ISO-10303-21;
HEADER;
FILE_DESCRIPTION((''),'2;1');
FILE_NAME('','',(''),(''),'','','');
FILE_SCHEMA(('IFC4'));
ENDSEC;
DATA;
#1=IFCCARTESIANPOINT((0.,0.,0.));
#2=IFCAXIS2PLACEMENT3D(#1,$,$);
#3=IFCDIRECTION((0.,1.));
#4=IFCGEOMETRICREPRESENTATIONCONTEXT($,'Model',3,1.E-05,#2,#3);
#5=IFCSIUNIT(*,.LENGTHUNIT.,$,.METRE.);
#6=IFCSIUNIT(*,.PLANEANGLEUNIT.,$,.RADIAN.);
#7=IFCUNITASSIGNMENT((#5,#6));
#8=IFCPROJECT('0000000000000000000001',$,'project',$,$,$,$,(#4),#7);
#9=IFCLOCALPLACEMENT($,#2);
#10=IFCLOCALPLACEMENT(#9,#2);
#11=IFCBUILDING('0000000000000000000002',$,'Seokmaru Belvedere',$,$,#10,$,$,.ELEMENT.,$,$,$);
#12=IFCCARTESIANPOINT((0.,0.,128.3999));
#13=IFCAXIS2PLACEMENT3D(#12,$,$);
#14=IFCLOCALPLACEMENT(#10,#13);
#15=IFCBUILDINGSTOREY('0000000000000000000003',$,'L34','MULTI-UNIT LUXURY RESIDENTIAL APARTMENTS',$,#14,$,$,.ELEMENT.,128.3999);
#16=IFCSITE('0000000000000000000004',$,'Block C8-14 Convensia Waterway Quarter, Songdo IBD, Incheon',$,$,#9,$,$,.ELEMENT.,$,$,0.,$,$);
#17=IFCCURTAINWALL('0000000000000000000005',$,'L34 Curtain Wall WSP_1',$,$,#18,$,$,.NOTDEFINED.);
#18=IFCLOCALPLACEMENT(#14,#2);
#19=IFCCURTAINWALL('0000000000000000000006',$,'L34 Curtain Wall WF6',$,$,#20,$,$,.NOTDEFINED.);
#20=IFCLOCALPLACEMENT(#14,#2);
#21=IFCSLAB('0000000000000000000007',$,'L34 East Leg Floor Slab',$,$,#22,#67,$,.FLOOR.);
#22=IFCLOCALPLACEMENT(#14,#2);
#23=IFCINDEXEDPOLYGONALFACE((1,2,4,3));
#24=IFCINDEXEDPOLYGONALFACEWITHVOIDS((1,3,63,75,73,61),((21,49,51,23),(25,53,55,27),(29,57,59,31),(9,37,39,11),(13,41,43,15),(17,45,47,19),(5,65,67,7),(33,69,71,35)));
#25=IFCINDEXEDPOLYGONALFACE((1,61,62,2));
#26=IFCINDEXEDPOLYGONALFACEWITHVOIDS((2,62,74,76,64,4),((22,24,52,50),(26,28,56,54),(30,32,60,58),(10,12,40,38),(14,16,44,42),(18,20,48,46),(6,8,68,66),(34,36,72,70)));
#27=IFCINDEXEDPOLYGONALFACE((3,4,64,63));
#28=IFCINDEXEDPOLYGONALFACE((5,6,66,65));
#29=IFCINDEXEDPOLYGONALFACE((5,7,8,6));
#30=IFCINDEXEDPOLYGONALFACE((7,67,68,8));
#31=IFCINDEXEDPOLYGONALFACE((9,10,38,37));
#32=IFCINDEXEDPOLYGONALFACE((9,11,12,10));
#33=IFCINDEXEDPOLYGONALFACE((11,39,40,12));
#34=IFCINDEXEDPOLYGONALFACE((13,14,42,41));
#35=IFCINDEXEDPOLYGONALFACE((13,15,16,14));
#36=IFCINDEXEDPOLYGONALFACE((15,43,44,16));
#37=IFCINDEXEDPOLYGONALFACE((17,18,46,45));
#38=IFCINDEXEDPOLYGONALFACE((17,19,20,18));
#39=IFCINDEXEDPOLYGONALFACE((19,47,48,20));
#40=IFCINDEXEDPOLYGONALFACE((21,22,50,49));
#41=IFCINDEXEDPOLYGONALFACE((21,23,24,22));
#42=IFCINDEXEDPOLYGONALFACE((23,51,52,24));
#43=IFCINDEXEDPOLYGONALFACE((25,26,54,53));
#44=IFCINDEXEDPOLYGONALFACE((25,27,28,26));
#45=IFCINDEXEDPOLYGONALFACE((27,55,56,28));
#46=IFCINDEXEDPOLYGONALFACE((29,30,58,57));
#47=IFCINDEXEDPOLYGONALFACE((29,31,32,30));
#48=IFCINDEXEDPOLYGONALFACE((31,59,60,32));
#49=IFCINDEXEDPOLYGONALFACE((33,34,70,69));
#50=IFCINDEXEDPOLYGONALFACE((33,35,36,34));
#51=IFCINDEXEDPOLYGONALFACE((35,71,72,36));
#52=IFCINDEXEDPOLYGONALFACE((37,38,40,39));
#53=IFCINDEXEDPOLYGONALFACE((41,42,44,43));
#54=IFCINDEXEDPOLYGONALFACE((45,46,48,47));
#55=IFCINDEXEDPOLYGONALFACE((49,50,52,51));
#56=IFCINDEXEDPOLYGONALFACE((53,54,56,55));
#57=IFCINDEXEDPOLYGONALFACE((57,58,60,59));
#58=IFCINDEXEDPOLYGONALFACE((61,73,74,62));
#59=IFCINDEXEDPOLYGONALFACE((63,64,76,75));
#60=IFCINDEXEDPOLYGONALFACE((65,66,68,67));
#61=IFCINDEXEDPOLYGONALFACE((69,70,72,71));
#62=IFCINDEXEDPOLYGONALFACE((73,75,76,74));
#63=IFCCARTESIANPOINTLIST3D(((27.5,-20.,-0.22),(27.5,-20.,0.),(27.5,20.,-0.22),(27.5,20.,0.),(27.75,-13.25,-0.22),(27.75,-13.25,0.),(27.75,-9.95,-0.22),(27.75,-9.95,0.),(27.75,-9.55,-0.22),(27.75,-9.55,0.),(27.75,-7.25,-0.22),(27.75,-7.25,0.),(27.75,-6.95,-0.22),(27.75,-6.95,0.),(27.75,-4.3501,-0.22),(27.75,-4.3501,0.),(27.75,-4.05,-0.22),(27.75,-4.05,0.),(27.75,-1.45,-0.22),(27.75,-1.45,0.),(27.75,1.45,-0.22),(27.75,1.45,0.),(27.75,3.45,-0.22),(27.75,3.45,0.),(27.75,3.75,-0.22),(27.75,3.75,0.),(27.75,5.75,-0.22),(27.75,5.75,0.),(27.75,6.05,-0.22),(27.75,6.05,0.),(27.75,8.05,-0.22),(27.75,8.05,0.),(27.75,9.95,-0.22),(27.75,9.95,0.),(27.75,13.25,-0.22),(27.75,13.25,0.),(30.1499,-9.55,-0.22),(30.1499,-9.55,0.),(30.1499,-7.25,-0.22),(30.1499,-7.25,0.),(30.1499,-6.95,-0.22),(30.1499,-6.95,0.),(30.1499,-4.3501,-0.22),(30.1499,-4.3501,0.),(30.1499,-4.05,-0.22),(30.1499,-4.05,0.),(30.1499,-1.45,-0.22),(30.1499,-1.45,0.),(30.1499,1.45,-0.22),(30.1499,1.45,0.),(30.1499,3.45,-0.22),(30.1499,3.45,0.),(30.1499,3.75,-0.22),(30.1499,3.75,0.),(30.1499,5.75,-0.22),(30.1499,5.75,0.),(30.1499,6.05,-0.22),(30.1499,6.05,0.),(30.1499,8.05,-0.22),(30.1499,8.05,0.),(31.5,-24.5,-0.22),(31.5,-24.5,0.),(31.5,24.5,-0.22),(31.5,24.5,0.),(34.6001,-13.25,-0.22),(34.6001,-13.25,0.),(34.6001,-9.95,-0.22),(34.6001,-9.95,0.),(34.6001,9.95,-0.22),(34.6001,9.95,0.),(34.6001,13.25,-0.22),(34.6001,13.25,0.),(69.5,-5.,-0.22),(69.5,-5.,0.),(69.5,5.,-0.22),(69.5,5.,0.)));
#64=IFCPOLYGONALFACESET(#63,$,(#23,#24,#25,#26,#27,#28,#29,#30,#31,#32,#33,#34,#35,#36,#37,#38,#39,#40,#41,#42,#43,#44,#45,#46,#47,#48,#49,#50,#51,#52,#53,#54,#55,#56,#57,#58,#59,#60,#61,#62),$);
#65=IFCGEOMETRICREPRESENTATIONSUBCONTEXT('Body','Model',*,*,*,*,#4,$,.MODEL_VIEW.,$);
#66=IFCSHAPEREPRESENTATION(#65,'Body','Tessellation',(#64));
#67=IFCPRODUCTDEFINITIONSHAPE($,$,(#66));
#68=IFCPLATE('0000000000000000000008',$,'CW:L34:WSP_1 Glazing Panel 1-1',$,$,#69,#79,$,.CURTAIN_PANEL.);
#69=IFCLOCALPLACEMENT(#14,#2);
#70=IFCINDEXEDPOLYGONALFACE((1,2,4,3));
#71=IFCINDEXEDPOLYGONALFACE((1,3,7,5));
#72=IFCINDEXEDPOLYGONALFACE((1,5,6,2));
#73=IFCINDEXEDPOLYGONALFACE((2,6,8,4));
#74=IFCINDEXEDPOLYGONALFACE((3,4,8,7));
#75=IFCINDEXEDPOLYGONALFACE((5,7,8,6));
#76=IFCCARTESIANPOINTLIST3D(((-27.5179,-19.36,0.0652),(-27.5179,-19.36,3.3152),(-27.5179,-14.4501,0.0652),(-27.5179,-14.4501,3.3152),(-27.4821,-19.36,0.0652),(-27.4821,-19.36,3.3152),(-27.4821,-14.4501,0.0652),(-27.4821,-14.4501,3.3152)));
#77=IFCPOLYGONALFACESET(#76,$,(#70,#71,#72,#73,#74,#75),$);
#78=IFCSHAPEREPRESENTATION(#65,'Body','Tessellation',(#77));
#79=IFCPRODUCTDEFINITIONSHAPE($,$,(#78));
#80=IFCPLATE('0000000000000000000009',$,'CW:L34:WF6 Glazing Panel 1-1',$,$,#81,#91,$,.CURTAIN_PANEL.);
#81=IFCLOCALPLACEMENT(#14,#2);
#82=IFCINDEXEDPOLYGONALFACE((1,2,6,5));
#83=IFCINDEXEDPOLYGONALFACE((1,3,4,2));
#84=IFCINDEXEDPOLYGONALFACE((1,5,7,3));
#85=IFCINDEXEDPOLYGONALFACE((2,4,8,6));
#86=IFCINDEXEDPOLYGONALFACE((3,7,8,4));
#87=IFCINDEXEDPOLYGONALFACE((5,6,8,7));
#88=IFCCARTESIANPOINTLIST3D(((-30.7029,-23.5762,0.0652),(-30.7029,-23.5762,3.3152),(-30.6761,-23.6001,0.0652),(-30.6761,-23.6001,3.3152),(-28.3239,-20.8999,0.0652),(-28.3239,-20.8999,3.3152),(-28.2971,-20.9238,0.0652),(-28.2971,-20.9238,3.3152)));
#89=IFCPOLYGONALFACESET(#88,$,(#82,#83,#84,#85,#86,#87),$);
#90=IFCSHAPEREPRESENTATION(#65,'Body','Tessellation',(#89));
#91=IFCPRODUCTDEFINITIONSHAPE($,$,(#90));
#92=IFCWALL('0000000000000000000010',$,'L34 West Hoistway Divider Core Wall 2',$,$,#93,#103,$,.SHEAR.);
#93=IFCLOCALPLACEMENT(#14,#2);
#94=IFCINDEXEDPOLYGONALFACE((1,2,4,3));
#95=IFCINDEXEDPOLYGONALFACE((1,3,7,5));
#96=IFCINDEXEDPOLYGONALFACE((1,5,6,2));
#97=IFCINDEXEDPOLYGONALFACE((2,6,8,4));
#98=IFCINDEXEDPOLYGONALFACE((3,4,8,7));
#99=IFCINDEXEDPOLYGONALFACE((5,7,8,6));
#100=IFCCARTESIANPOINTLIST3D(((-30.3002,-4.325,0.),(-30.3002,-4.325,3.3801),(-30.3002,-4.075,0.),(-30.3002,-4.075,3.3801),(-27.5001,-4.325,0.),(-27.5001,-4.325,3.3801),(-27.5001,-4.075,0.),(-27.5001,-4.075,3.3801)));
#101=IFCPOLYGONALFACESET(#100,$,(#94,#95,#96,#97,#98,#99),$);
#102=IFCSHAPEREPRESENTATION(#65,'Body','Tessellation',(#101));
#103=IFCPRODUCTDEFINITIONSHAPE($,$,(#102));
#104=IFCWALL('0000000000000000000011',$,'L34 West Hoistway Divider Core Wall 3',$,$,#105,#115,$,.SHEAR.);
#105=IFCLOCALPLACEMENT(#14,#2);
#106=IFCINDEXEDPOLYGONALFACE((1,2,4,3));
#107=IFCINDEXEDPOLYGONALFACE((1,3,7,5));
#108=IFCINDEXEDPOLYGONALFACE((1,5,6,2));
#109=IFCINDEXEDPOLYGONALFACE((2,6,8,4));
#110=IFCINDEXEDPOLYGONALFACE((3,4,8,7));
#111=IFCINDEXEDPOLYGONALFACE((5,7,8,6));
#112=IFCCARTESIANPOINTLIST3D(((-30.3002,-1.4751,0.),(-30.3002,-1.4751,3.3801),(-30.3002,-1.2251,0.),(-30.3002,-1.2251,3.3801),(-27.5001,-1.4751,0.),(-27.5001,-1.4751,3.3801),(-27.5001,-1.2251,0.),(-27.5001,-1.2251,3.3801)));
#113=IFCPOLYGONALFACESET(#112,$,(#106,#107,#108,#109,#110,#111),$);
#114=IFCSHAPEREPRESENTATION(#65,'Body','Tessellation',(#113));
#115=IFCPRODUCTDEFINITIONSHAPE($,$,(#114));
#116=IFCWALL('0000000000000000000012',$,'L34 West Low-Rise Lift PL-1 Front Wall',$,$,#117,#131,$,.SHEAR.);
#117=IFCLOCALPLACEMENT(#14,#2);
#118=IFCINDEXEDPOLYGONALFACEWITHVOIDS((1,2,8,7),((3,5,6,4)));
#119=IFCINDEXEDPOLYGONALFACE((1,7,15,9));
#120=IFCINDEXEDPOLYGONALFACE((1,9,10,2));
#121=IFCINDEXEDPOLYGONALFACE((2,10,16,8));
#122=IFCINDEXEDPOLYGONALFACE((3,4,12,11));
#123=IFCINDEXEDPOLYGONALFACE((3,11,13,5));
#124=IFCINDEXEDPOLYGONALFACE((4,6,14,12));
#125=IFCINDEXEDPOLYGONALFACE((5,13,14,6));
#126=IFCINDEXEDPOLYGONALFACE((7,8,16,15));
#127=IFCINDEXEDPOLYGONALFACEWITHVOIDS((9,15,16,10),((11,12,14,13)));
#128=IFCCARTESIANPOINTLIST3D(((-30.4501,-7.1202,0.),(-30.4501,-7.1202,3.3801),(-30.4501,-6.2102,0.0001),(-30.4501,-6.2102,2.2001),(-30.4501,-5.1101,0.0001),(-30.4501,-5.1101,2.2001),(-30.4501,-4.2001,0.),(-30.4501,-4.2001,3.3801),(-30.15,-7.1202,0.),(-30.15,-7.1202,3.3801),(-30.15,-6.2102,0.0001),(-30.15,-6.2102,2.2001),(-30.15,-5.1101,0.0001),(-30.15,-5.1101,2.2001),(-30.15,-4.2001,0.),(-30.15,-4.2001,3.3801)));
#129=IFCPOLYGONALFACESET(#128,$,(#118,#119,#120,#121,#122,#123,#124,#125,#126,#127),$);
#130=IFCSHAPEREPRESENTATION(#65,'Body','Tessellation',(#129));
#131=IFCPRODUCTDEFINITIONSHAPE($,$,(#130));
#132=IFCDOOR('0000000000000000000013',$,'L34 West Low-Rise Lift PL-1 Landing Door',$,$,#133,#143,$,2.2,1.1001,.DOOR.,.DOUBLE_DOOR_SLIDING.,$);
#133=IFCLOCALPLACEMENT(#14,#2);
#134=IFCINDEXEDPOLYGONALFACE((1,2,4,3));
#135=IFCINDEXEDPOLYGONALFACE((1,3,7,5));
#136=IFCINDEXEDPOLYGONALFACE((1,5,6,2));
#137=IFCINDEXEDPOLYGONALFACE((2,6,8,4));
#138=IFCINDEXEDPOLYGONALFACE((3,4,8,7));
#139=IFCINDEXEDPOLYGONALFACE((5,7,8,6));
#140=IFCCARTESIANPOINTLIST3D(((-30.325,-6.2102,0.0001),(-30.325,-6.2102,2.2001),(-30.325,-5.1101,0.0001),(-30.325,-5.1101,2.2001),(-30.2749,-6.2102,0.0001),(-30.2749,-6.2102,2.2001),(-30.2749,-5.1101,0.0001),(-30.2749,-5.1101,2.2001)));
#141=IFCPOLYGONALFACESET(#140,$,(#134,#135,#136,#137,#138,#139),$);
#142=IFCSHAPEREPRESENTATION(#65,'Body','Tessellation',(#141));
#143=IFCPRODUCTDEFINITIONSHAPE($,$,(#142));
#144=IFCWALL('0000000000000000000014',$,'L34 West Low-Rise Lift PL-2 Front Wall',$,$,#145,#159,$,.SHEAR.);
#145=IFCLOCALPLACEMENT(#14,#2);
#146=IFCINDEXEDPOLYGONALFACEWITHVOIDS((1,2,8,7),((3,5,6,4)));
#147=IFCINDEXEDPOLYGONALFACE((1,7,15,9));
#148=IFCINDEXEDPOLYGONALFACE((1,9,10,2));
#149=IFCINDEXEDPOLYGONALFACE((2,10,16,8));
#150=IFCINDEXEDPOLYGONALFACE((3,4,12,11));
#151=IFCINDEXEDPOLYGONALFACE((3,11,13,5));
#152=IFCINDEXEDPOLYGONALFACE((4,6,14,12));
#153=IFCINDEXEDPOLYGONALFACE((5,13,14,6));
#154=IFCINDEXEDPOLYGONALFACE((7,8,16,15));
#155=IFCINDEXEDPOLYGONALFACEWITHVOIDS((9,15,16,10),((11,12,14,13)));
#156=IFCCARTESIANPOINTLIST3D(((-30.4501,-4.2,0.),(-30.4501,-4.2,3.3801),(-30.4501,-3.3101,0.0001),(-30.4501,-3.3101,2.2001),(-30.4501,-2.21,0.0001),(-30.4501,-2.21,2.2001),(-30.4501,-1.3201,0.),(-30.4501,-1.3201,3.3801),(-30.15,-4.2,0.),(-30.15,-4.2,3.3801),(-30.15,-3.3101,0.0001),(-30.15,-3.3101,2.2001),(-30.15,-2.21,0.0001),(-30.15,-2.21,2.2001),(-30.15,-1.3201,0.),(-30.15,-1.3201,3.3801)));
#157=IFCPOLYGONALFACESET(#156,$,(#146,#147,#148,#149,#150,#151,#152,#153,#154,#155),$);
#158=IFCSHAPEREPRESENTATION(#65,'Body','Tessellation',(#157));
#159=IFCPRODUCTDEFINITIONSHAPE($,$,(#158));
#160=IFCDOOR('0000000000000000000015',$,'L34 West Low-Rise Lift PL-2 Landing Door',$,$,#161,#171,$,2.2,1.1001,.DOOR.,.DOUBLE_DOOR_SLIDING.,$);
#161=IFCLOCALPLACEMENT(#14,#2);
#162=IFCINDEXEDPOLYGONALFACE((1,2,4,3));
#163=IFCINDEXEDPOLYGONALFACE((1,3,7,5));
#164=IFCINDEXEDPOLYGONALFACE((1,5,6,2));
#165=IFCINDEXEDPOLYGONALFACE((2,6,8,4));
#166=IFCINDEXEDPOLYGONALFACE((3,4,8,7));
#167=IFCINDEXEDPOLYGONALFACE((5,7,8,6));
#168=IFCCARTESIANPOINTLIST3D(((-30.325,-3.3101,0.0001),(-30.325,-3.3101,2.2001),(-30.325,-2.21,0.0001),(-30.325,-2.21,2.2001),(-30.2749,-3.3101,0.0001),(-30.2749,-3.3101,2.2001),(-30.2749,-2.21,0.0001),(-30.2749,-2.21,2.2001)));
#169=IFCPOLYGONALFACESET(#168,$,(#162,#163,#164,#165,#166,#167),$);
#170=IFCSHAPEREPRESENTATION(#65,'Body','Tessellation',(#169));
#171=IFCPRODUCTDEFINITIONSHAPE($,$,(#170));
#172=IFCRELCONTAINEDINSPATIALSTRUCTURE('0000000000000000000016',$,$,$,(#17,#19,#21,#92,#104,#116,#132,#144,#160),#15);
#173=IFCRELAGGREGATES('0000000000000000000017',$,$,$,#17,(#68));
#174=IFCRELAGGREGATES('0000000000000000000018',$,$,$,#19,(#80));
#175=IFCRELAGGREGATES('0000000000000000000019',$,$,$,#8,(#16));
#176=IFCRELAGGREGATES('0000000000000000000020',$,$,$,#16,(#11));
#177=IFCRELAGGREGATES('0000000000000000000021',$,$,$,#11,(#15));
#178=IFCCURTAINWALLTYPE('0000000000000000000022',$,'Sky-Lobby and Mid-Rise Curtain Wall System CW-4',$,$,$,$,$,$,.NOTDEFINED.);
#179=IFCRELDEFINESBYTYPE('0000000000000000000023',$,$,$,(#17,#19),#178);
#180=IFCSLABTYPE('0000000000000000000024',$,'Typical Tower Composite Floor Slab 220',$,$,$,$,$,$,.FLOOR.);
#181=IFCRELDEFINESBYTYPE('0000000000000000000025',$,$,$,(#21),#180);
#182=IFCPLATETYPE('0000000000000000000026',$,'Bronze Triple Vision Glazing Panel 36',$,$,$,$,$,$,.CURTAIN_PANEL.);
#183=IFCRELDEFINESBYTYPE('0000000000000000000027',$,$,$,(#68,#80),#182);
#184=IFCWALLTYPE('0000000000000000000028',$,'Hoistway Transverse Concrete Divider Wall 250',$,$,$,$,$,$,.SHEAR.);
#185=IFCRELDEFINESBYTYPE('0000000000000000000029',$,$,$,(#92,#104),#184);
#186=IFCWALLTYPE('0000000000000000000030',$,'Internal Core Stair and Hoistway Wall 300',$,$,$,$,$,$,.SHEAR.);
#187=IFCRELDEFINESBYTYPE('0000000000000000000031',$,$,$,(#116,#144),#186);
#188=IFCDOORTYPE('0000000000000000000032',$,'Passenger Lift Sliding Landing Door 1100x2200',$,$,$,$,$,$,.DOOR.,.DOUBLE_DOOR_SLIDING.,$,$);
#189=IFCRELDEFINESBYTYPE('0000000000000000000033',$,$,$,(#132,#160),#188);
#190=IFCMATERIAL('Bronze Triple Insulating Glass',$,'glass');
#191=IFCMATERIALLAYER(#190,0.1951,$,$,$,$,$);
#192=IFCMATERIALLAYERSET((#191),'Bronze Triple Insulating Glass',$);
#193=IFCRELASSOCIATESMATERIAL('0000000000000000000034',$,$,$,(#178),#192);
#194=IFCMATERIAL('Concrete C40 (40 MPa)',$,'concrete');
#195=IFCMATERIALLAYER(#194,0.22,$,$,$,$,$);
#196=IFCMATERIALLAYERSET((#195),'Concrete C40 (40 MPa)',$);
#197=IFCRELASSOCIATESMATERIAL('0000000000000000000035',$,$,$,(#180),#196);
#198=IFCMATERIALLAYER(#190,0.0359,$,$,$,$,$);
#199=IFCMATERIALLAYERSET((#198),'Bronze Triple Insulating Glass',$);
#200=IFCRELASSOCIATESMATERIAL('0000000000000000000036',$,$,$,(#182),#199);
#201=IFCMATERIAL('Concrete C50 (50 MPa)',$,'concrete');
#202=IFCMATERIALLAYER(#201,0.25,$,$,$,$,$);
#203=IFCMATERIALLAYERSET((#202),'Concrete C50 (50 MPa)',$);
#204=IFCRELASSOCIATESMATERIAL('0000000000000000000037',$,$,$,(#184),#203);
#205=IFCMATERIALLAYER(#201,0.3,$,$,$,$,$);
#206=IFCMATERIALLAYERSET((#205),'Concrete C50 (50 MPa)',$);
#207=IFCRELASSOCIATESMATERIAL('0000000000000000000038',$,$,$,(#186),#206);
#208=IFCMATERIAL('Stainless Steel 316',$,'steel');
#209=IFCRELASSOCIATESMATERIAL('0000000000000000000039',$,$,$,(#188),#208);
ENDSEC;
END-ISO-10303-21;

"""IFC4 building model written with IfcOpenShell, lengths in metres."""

from ifc_helpers import new_model, si_unit, direction, frame, frame_2d, origin, origin_2d, place, context, subcontext, project, spatial, polyline, rectangle, outline, extrude, source, transform, mapped, material, layer, layer_set, type_object, type_shapes, element, fill, aggregate, save


model = new_model("IFC4")

# Units and contexts
model_context = context("Model", 3, precision=1e-05, world=origin(), true_north=direction((0.0, 1.0)))
body_context = subcontext(model_context, "Body", "Model", "MODEL_VIEW")
ifc_project = project(units=[si_unit("LENGTHUNIT", "METRE"), si_unit("PLANEANGLEUNIT", "RADIAN")], contexts=[model_context])

# Site, building, storey
site_placement = place(None, origin())
site = spatial("IfcSite", under=ifc_project, at=site_placement, Name="Block C8-14 Convensia Waterway Quarter, Songdo IBD, Incheon", CompositionType="ELEMENT", RefElevation=0.0)
building_placement = place(site_placement, origin())
building = spatial("IfcBuilding", under=site, at=building_placement, Name="Seokmaru Belvedere", CompositionType="ELEMENT")
storey_placement = place(building_placement, frame((0.0, 0.0, 128.3999)))
storey = spatial("IfcBuildingStorey", under=building, at=storey_placement, Name="L34", Description="MULTI-UNIT LUXURY RESIDENTIAL APARTMENTS", CompositionType="ELEMENT", Elevation=128.3999)

# Curtain wall
ifc_material_1 = material(Name="Bronze Triple Insulating Glass", Category="glass")
ifc_layer_1 = layer(ifc_material_1, 0.1951)
ifc_layer_set_1 = layer_set([ifc_layer_1], Name="Bronze Triple Insulating Glass")
curtain_wall_type = type_object("IfcCurtainWallType", Name="Sky-Lobby and Mid-Rise Curtain Wall System CW-4", PredefinedType="NOTDEFINED", material=ifc_layer_set_1)
curtain_wall_1_placement = place(storey_placement, origin())
curtain_wall_1 = element("IfcCurtainWall", 1, at=curtain_wall_1_placement, inside=storey, type_object=curtain_wall_type, Name="L34 Curtain Wall WSP_1", PredefinedType="NOTDEFINED")

# Curtain wall
curtain_wall_2_placement = place(storey_placement, origin())
curtain_wall_2 = element("IfcCurtainWall", 2, at=curtain_wall_2_placement, inside=storey, type_object=curtain_wall_type, Name="L34 Curtain Wall WF6", PredefinedType="NOTDEFINED")

# Shared definitions
ifc_material_2 = material(Name="Concrete C40 (40 MPa)", Category="concrete")

# Slab
ifc_layer_2 = layer(ifc_material_2, 0.22)
ifc_layer_set_2 = layer_set([ifc_layer_2], Name="Concrete C40 (40 MPa)")
slab_type_1 = type_object("IfcSlabType", Name="Typical Tower Composite Floor Slab 220", PredefinedType="FLOOR", material=ifc_layer_set_2)
slab_1_placement = place(storey_placement, frame((0.0, 0.0, -0.22)))
element("IfcSlab", 3, at=slab_1_placement, inside=storey, type_object=slab_type_1, Name="L34 East Leg Floor Slab", PredefinedType="FLOOR", context=body_context, shape_type="SweptSolid", body=[
    extrude(outline(polyline([(31.5, -24.5), (69.5, -5.0), (69.5, 5.0), (31.5, 24.5), (27.5, 20.0), (27.5, -20.0), (31.5, -24.5)]), holes=[polyline([(27.75, -13.25), (34.6001, -13.25), (34.6001, -9.95), (27.75, -9.95), (27.75, -13.25)]), polyline([(27.75, 9.95), (34.6001, 9.95), (34.6001, 13.25), (27.75, 13.25), (27.75, 9.95)]), polyline([(27.75, -9.55), (30.1499, -9.55), (30.1499, -7.25), (27.75, -7.25), (27.75, -9.55)]), polyline([(27.75, -6.95), (30.1499, -6.95), (30.1499, -4.3501), (27.75, -4.3501), (27.75, -6.95)]), polyline([(27.75, -4.05), (30.1499, -4.05), (30.1499, -1.45), (27.75, -1.45), (27.75, -4.05)]), polyline([(27.75, 1.45), (30.1499, 1.45), (30.1499, 3.45), (27.75, 3.45), (27.75, 1.45)]), polyline([(27.75, 3.75), (30.1499, 3.75), (30.1499, 5.75), (27.75, 5.75), (27.75, 3.75)]), polyline([(27.75, 6.05), (30.1499, 6.05), (30.1499, 8.05), (27.75, 8.05), (27.75, 6.05)])]), origin(), (0.0, 0.0, 1.0), 0.22),
])

# Plates
ifc_layer_3 = layer(ifc_material_1, 0.0359)
ifc_layer_set_3 = layer_set([ifc_layer_3], Name="Bronze Triple Insulating Glass")
plate_type = type_object("IfcPlateType", Name="Bronze Triple Vision Glazing Panel 36", PredefinedType="CURTAIN_PANEL", material=ifc_layer_set_3)
shared_shape_1 = source(origin(), body_context, "Body", "SweptSolid", [
    extrude(rectangle(XDim=4.9099, YDim=0.0359, at=origin_2d()), origin(), (0.0, 0.0, 1.0), 3.25),
])
plate_1_placement = place(storey_placement, frame((-27.5, -16.905, 0.0652), z_axis=(0.0, 0.0, 1.0), x_axis=(0.0, 1.0, 0.0)))
plate_1 = element("IfcPlate", 4, at=plate_1_placement, type_object=plate_type, Name="CW:L34:WSP_1 Glazing Panel 1-1", PredefinedType="CURTAIN_PANEL", context=body_context, shape_type="MappedRepresentation", body=[
    mapped(shared_shape_1, transform((0.0, 0.0, 0.0), scale=1.0)),
])
aggregate(curtain_wall_1, [plate_1])
shared_shape_2 = source(origin(), body_context, "Body", "SweptSolid", [
    extrude(rectangle(XDim=3.5808, YDim=0.0359, at=origin_2d()), origin(), (0.0, 0.0, 1.0), 3.25),
])
type_shapes(plate_type, [shared_shape_1, shared_shape_2])
plate_2_placement = place(storey_placement, frame((-29.5, -22.25, 0.0652), z_axis=(0.0, 0.0, 1.0), x_axis=(0.664363, 0.74741, 0.0)))
plate_2 = element("IfcPlate", 5, at=plate_2_placement, type_object=plate_type, Name="CW:L34:WF6 Glazing Panel 1-1", PredefinedType="CURTAIN_PANEL", context=body_context, shape_type="MappedRepresentation", body=[
    mapped(shared_shape_2, transform((0.0, 0.0, 0.0), scale=1.0)),
])
aggregate(curtain_wall_2, [plate_2])

# Walls
ifc_material_3 = material(Name="Concrete C50 (50 MPa)", Category="concrete")
ifc_layer_4 = layer(ifc_material_3, 0.25)
ifc_layer_set_4 = layer_set([ifc_layer_4], Name="Concrete C50 (50 MPa)")
wall_type_1 = type_object("IfcWallType", Name="Hoistway Transverse Concrete Divider Wall 250", PredefinedType="SHEAR", material=ifc_layer_set_4)
for number, where, z_axis, x_axis, name in (
    (6, (-30.3, -4.2, 0.0), (0.0, 0.0, 1.0), (1.0, 0.0, 0.0), "L34 West Hoistway Divider Core Wall 2"),
    (7, (-30.3, -1.3501, 0.0), (0.0, 0.0, 1.0), (1.0, 0.0, 0.0), "L34 West Hoistway Divider Core Wall 3"),
):
    element("IfcWall", number, at=place(storey_placement, frame(where, z_axis=z_axis, x_axis=x_axis)), inside=storey, type_object=wall_type_1, Name=name, PredefinedType="SHEAR", context=body_context, shape_type="SweptSolid", body=[
        extrude(rectangle(XDim=2.8, YDim=0.25, at=frame_2d((1.3999, 0.0))), origin(), (0.0, 0.0, 1.0), 3.3801),
    ])

# Walls, openings, doors
ifc_layer_5 = layer(ifc_material_3, 0.3)
ifc_layer_set_5 = layer_set([ifc_layer_5], Name="Concrete C50 (50 MPa)")
wall_type_2 = type_object("IfcWallType", Name="Internal Core Stair and Hoistway Wall 300", PredefinedType="SHEAR", material=ifc_layer_set_5)
wall_1_placement = place(storey_placement, frame((-30.3, -7.1201, 0.0), z_axis=(0.0, 0.0, 1.0), x_axis=(0.0, 1.0, 0.0)))
wall_1 = element("IfcWall", 8, at=wall_1_placement, inside=storey, type_object=wall_type_2, Name="L34 West Low-Rise Lift PL-1 Front Wall", PredefinedType="SHEAR", context=body_context, shape_type="SweptSolid", body=[
    extrude(rectangle(XDim=2.9202, YDim=0.3, at=frame_2d((1.46, 0.0))), origin(), (0.0, 0.0, 1.0), 3.3801),
])
opening_1_placement = place(wall_1_placement, frame((0.9099, 0.0, 0.0)))
opening_1 = element("IfcOpeningElement", 9, at=opening_1_placement, cuts=wall_1, PredefinedType="OPENING", context=body_context, shape_type="SweptSolid", body=[
    extrude(rectangle(XDim=1.1001, YDim=2.2, at=frame_2d((0.55, 1.1001))), frame((0.0, 0.1602, 0.0), z_axis=(0.0, -1.0, 0.0), x_axis=(1.0, 0.0, 0.0)), (0.0, 0.0, 1.0), 0.3201),
])
ifc_material_4 = material(Name="Stainless Steel 316", Category="steel")
door_type = type_object("IfcDoorType", Name="Passenger Lift Sliding Landing Door 1100x2200", OperationType="DOUBLE_DOOR_SLIDING", PredefinedType="DOOR", material=ifc_material_4)
shared_shape_3 = source(origin(), body_context, "Body", "SweptSolid", [
    extrude(rectangle(XDim=1.1001, YDim=2.2, at=frame_2d((0.55, 1.1001))), frame((0.0, 0.0249, 0.0), z_axis=(0.0, -1.0, 0.0), x_axis=(1.0, 0.0, 0.0)), (0.0, 0.0, 1.0), 0.05),
])
type_shapes(door_type, [shared_shape_3])
door_1_placement = place(opening_1_placement, origin())
door_1 = element("IfcDoor", 10, at=door_1_placement, inside=storey, type_object=door_type, Name="L34 West Low-Rise Lift PL-1 Landing Door", OperationType="DOUBLE_DOOR_SLIDING", OverallHeight=2.2, OverallWidth=1.1001, PredefinedType="DOOR", context=body_context, shape_type="MappedRepresentation", body=[
    mapped(shared_shape_3, transform((0.0, 0.0, 0.0), scale=1.0)),
])
fill(opening_1, door_1)
wall_2_placement = place(storey_placement, frame((-30.3, -4.2, 0.0), z_axis=(0.0, 0.0, 1.0), x_axis=(0.0, 1.0, 0.0)))
wall_2 = element("IfcWall", 11, at=wall_2_placement, inside=storey, type_object=wall_type_2, Name="L34 West Low-Rise Lift PL-2 Front Wall", PredefinedType="SHEAR", context=body_context, shape_type="SweptSolid", body=[
    extrude(rectangle(XDim=2.8799, YDim=0.3, at=frame_2d((1.4399, 0.0))), origin(), (0.0, 0.0, 1.0), 3.3801),
])
opening_2_placement = place(wall_2_placement, frame((0.8899, 0.0, 0.0)))
opening_2 = element("IfcOpeningElement", 12, at=opening_2_placement, cuts=wall_2, PredefinedType="OPENING", context=body_context, shape_type="SweptSolid", body=[
    extrude(rectangle(XDim=1.1001, YDim=2.2, at=frame_2d((0.55, 1.1001))), frame((0.0, 0.1602, 0.0), z_axis=(0.0, -1.0, 0.0), x_axis=(1.0, 0.0, 0.0)), (0.0, 0.0, 1.0), 0.3201),
])
door_2_placement = place(opening_2_placement, origin())
door_2 = element("IfcDoor", 13, at=door_2_placement, inside=storey, type_object=door_type, Name="L34 West Low-Rise Lift PL-2 Landing Door", OperationType="DOUBLE_DOOR_SLIDING", OverallHeight=2.2, OverallWidth=1.1001, PredefinedType="DOOR", context=body_context, shape_type="MappedRepresentation", body=[
    mapped(shared_shape_3, transform((0.0, 0.0, 0.0), scale=1.0)),
])
fill(opening_2, door_2)

save(model, "model.ifc")
